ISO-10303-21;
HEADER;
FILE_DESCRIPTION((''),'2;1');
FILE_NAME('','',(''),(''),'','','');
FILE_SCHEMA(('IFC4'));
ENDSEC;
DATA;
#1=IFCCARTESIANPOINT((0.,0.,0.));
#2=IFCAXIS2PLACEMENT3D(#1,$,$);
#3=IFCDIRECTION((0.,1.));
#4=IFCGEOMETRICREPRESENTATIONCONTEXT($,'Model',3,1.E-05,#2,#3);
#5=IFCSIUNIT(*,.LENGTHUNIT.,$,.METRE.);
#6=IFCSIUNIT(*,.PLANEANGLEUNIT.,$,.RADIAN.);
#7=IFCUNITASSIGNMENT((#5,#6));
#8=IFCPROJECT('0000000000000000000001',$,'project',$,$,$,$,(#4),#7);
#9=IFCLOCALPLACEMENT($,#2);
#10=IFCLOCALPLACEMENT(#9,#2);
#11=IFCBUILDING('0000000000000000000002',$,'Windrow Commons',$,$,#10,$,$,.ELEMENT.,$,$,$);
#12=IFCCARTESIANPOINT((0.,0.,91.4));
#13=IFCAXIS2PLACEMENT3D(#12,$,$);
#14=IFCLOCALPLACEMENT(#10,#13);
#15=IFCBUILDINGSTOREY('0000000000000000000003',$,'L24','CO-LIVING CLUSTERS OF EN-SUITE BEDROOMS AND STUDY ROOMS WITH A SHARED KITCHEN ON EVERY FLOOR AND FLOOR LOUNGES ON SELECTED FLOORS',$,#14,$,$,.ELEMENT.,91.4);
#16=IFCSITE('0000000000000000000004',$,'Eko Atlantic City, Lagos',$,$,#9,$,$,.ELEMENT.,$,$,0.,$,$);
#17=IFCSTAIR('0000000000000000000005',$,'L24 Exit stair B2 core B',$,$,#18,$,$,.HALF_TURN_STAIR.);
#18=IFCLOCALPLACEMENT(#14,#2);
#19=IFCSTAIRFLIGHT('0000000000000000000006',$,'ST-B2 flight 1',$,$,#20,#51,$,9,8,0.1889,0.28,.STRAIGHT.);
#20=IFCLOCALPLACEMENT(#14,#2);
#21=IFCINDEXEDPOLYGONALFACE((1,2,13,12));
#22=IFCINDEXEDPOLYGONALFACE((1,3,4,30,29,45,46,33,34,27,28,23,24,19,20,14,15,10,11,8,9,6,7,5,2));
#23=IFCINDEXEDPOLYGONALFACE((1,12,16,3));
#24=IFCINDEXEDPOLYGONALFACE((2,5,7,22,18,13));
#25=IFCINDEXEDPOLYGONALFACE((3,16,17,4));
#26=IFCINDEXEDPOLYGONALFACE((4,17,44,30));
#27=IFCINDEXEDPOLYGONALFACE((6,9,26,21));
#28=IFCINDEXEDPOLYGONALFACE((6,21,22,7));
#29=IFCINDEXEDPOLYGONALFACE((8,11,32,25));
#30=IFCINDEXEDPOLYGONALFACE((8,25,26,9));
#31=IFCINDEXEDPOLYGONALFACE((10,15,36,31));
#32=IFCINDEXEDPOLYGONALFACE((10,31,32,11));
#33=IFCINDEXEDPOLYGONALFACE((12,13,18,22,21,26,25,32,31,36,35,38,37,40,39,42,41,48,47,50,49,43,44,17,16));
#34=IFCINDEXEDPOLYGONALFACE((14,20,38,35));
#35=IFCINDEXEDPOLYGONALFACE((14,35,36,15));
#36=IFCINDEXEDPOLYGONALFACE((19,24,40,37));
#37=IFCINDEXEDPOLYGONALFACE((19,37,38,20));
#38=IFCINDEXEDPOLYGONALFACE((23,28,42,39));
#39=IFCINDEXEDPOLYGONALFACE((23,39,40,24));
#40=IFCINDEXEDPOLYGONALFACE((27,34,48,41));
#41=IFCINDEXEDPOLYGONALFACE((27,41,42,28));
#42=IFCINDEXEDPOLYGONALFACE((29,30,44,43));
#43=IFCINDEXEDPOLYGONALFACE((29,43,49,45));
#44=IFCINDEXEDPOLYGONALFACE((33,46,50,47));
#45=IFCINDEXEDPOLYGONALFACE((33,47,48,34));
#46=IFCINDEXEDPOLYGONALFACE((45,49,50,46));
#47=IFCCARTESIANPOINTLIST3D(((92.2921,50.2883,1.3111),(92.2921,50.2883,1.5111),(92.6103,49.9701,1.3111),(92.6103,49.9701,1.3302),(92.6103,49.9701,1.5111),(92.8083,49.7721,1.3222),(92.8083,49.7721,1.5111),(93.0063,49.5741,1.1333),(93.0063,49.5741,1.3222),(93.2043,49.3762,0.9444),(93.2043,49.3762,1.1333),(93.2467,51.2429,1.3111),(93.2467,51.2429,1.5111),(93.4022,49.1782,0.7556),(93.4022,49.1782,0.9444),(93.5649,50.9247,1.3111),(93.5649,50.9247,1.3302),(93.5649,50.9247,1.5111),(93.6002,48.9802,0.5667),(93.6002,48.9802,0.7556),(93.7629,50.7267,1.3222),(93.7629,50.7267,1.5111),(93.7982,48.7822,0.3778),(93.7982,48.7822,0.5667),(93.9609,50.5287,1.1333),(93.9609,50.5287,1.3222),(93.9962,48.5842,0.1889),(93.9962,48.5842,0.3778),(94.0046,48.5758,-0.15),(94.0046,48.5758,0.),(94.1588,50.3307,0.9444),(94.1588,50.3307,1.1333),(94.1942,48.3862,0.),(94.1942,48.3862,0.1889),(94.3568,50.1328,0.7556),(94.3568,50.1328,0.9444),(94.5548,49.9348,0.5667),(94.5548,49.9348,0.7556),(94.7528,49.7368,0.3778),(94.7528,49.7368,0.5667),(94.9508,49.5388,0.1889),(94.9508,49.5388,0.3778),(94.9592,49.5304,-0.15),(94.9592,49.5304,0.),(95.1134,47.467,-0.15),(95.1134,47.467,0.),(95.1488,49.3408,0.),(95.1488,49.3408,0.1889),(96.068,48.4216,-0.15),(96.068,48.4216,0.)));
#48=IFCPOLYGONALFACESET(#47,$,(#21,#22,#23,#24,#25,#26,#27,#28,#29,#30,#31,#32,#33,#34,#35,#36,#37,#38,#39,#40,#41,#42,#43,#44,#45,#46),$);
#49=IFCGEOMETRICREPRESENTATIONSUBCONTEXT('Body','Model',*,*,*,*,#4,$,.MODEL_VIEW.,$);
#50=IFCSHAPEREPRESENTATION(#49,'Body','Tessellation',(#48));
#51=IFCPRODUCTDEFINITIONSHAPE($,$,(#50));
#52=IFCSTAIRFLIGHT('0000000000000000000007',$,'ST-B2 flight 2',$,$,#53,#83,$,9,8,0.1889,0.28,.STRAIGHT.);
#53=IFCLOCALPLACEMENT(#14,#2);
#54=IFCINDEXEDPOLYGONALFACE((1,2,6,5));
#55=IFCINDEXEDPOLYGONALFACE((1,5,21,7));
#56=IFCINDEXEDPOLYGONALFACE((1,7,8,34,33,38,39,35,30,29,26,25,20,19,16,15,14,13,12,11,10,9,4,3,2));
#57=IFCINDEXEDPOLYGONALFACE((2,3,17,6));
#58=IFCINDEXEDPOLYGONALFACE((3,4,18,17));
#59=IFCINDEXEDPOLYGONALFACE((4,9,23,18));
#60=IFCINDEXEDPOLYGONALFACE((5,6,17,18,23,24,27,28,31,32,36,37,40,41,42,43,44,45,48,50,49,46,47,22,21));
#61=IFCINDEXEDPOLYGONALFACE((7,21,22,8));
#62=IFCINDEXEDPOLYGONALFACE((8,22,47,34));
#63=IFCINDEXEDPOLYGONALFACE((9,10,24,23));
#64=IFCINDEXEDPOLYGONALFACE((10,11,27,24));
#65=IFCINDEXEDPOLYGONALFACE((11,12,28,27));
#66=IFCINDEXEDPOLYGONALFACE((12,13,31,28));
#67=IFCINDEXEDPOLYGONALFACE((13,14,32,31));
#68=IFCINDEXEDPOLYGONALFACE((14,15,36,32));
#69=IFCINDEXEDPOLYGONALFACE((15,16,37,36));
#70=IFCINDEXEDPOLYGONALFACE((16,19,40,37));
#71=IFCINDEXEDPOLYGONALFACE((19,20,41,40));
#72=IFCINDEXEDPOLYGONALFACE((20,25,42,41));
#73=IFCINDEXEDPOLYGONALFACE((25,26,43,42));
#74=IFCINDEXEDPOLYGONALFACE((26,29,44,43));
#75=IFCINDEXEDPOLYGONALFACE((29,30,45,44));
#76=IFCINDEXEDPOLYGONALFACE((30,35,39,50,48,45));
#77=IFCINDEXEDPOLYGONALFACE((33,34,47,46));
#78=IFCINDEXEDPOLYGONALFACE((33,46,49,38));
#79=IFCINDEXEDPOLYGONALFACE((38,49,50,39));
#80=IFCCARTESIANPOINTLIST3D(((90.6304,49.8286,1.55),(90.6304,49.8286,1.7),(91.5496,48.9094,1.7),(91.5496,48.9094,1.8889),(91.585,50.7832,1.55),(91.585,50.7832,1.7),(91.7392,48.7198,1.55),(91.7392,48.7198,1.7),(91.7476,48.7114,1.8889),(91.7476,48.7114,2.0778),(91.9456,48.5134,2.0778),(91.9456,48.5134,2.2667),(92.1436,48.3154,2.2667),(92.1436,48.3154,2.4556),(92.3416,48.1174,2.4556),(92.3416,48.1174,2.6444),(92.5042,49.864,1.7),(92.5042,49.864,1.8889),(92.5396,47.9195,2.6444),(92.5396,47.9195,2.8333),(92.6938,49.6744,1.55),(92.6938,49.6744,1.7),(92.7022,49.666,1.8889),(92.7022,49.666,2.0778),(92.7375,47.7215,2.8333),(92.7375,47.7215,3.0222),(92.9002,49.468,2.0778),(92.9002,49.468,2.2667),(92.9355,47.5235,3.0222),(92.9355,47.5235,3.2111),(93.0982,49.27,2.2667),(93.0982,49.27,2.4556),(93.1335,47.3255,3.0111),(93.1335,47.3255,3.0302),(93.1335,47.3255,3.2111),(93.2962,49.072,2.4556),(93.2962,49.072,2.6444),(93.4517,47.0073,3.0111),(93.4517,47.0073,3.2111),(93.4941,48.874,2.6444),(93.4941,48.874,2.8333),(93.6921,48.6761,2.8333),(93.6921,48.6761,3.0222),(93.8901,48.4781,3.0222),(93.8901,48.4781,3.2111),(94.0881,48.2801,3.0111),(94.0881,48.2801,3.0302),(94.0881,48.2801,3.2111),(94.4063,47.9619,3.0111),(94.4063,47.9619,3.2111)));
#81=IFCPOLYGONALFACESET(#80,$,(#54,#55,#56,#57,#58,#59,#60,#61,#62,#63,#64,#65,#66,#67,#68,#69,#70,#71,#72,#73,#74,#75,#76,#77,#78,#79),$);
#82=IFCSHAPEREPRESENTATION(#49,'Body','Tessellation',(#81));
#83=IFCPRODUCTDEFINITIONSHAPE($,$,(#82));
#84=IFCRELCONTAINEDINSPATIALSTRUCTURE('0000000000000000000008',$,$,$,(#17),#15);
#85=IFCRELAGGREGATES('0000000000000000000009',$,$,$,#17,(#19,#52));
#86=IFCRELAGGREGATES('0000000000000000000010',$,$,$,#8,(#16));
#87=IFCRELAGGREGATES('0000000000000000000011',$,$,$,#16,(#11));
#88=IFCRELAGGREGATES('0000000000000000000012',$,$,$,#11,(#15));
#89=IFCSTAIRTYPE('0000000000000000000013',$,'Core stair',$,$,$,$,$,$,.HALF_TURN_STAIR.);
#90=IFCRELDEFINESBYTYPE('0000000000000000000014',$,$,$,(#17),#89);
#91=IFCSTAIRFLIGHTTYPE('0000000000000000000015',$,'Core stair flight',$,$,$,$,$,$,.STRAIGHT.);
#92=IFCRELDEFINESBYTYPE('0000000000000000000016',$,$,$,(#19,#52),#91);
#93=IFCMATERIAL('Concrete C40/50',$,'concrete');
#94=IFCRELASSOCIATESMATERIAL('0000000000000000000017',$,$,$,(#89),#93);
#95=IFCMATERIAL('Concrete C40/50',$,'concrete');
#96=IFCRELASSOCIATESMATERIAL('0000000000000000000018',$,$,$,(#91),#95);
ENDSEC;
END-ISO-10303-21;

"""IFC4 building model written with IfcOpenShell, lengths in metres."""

from ifc_helpers import new_model, si_unit, direction, frame, origin, place, context, subcontext, project, spatial, polyline, outline, extrude, material, type_object, element, aggregate, save


model = new_model("IFC4")

# Units and contexts
model_context = context("Model", 3, precision=1e-05, world=origin(), true_north=direction((0.0, 1.0)))
body_context = subcontext(model_context, "Body", "Model", "MODEL_VIEW")
ifc_project = project(units=[si_unit("LENGTHUNIT", "METRE"), si_unit("PLANEANGLEUNIT", "RADIAN")], contexts=[model_context])

# Site, building, storey
site_placement = place(None, origin())
site = spatial("IfcSite", under=ifc_project, at=site_placement, Name="Eko Atlantic City, Lagos", CompositionType="ELEMENT", RefElevation=0.0)
building_placement = place(site_placement, origin())
building = spatial("IfcBuilding", under=site, at=building_placement, Name="Windrow Commons", CompositionType="ELEMENT")
storey_placement = place(building_placement, frame((0.0, 0.0, 91.4)))
storey = spatial("IfcBuildingStorey", under=building, at=storey_placement, Name="L24", Description="CO-LIVING CLUSTERS OF EN-SUITE BEDROOMS AND STUDY ROOMS WITH A SHARED KITCHEN ON EVERY FLOOR AND FLOOR LOUNGES ON SELECTED FLOORS", CompositionType="ELEMENT", Elevation=91.4)

# Stair, stair flights
ifc_material_1 = material(Name="Concrete C40/50", Category="concrete")
stair_type = type_object("IfcStairType", Name="Core stair", PredefinedType="HALF_TURN_STAIR", material=ifc_material_1)
stair_placement = place(storey_placement, origin())
stair = element("IfcStair", 1, at=stair_placement, inside=storey, type_object=stair_type, Name="L24 Exit stair B2 core B", PredefinedType="HALF_TURN_STAIR")
ifc_material_2 = material(Name="Concrete C40/50", Category="concrete")
stair_flight_type = type_object("IfcStairFlightType", Name="Core stair flight", PredefinedType="STRAIGHT", material=ifc_material_2)
stair_flight_1_placement = place(storey_placement, frame((94.6715, 48.8635, 0.0), z_axis=(0.0, 0.0, 1.0), x_axis=(-0.707107, 0.707107, 0.0)))
stair_flight_1 = element("IfcStairFlight", 2, at=stair_flight_1_placement, type_object=stair_flight_type, Name="ST-B2 flight 1", NumberOfRisers=9, NumberOfTreads=8, PredefinedType="STRAIGHT", RiserHeight=0.1889, TreadLength=0.28, context=body_context, shape_type="SweptSolid", body=[
    extrude(outline(polyline([(-1.3, -0.15), (-1.3, 0.0), (0.0, 0.0), (0.0, 0.1889), (0.28, 0.1889), (0.28, 0.3778), (0.56, 0.3778), (0.56, 0.5667), (0.84, 0.5667), (0.84, 0.7556), (1.12, 0.7556), (1.12, 0.9444), (1.4, 0.9444), (1.4, 1.1333), (1.68, 1.1333), (1.68, 1.3222), (1.96, 1.3222), (1.96, 1.5111), (2.24, 1.5111), (2.69, 1.5111), (2.69, 1.3111), (2.24, 1.3111), (2.24, 1.3302), (0.2682, 0.0), (0.2682, -0.15), (-1.3, -0.15)])), frame((0.0, 0.675, 0.0), z_axis=(0.0, -1.0, 0.0), x_axis=(1.0, 0.0, 0.0)), (0.0, 0.0, 1.0), 1.35),
])
stair_flight_2_placement = place(storey_placement, frame((92.0269, 49.3867, 1.7), z_axis=(0.0, 0.0, 1.0), x_axis=(0.707107, -0.707107, 0.0)))
stair_flight_2 = element("IfcStairFlight", 3, at=stair_flight_2_placement, type_object=stair_flight_type, Name="ST-B2 flight 2", NumberOfRisers=9, NumberOfTreads=8, PredefinedType="STRAIGHT", RiserHeight=0.1889, TreadLength=0.28, context=body_context, shape_type="SweptSolid", body=[
    extrude(outline(polyline([(-1.3, -0.15), (-1.3, 0.0), (0.0, 0.0), (0.0, 0.1889), (0.28, 0.1889), (0.28, 0.3778), (0.56, 0.3778), (0.56, 0.5667), (0.84, 0.5667), (0.84, 0.7556), (1.12, 0.7556), (1.12, 0.9444), (1.4, 0.9444), (1.4, 1.1333), (1.68, 1.1333), (1.68, 1.3222), (1.96, 1.3222), (1.96, 1.5111), (2.24, 1.5111), (2.69, 1.5111), (2.69, 1.3111), (2.24, 1.3111), (2.24, 1.3302), (0.2682, 0.0), (0.2682, -0.15), (-1.3, -0.15)])), frame((0.0, 0.675, 0.0), z_axis=(0.0, -1.0, 0.0), x_axis=(1.0, 0.0, 0.0)), (0.0, 0.0, 1.0), 1.35),
])
aggregate(stair, [stair_flight_1, stair_flight_2])

save(model, "model.ifc")
